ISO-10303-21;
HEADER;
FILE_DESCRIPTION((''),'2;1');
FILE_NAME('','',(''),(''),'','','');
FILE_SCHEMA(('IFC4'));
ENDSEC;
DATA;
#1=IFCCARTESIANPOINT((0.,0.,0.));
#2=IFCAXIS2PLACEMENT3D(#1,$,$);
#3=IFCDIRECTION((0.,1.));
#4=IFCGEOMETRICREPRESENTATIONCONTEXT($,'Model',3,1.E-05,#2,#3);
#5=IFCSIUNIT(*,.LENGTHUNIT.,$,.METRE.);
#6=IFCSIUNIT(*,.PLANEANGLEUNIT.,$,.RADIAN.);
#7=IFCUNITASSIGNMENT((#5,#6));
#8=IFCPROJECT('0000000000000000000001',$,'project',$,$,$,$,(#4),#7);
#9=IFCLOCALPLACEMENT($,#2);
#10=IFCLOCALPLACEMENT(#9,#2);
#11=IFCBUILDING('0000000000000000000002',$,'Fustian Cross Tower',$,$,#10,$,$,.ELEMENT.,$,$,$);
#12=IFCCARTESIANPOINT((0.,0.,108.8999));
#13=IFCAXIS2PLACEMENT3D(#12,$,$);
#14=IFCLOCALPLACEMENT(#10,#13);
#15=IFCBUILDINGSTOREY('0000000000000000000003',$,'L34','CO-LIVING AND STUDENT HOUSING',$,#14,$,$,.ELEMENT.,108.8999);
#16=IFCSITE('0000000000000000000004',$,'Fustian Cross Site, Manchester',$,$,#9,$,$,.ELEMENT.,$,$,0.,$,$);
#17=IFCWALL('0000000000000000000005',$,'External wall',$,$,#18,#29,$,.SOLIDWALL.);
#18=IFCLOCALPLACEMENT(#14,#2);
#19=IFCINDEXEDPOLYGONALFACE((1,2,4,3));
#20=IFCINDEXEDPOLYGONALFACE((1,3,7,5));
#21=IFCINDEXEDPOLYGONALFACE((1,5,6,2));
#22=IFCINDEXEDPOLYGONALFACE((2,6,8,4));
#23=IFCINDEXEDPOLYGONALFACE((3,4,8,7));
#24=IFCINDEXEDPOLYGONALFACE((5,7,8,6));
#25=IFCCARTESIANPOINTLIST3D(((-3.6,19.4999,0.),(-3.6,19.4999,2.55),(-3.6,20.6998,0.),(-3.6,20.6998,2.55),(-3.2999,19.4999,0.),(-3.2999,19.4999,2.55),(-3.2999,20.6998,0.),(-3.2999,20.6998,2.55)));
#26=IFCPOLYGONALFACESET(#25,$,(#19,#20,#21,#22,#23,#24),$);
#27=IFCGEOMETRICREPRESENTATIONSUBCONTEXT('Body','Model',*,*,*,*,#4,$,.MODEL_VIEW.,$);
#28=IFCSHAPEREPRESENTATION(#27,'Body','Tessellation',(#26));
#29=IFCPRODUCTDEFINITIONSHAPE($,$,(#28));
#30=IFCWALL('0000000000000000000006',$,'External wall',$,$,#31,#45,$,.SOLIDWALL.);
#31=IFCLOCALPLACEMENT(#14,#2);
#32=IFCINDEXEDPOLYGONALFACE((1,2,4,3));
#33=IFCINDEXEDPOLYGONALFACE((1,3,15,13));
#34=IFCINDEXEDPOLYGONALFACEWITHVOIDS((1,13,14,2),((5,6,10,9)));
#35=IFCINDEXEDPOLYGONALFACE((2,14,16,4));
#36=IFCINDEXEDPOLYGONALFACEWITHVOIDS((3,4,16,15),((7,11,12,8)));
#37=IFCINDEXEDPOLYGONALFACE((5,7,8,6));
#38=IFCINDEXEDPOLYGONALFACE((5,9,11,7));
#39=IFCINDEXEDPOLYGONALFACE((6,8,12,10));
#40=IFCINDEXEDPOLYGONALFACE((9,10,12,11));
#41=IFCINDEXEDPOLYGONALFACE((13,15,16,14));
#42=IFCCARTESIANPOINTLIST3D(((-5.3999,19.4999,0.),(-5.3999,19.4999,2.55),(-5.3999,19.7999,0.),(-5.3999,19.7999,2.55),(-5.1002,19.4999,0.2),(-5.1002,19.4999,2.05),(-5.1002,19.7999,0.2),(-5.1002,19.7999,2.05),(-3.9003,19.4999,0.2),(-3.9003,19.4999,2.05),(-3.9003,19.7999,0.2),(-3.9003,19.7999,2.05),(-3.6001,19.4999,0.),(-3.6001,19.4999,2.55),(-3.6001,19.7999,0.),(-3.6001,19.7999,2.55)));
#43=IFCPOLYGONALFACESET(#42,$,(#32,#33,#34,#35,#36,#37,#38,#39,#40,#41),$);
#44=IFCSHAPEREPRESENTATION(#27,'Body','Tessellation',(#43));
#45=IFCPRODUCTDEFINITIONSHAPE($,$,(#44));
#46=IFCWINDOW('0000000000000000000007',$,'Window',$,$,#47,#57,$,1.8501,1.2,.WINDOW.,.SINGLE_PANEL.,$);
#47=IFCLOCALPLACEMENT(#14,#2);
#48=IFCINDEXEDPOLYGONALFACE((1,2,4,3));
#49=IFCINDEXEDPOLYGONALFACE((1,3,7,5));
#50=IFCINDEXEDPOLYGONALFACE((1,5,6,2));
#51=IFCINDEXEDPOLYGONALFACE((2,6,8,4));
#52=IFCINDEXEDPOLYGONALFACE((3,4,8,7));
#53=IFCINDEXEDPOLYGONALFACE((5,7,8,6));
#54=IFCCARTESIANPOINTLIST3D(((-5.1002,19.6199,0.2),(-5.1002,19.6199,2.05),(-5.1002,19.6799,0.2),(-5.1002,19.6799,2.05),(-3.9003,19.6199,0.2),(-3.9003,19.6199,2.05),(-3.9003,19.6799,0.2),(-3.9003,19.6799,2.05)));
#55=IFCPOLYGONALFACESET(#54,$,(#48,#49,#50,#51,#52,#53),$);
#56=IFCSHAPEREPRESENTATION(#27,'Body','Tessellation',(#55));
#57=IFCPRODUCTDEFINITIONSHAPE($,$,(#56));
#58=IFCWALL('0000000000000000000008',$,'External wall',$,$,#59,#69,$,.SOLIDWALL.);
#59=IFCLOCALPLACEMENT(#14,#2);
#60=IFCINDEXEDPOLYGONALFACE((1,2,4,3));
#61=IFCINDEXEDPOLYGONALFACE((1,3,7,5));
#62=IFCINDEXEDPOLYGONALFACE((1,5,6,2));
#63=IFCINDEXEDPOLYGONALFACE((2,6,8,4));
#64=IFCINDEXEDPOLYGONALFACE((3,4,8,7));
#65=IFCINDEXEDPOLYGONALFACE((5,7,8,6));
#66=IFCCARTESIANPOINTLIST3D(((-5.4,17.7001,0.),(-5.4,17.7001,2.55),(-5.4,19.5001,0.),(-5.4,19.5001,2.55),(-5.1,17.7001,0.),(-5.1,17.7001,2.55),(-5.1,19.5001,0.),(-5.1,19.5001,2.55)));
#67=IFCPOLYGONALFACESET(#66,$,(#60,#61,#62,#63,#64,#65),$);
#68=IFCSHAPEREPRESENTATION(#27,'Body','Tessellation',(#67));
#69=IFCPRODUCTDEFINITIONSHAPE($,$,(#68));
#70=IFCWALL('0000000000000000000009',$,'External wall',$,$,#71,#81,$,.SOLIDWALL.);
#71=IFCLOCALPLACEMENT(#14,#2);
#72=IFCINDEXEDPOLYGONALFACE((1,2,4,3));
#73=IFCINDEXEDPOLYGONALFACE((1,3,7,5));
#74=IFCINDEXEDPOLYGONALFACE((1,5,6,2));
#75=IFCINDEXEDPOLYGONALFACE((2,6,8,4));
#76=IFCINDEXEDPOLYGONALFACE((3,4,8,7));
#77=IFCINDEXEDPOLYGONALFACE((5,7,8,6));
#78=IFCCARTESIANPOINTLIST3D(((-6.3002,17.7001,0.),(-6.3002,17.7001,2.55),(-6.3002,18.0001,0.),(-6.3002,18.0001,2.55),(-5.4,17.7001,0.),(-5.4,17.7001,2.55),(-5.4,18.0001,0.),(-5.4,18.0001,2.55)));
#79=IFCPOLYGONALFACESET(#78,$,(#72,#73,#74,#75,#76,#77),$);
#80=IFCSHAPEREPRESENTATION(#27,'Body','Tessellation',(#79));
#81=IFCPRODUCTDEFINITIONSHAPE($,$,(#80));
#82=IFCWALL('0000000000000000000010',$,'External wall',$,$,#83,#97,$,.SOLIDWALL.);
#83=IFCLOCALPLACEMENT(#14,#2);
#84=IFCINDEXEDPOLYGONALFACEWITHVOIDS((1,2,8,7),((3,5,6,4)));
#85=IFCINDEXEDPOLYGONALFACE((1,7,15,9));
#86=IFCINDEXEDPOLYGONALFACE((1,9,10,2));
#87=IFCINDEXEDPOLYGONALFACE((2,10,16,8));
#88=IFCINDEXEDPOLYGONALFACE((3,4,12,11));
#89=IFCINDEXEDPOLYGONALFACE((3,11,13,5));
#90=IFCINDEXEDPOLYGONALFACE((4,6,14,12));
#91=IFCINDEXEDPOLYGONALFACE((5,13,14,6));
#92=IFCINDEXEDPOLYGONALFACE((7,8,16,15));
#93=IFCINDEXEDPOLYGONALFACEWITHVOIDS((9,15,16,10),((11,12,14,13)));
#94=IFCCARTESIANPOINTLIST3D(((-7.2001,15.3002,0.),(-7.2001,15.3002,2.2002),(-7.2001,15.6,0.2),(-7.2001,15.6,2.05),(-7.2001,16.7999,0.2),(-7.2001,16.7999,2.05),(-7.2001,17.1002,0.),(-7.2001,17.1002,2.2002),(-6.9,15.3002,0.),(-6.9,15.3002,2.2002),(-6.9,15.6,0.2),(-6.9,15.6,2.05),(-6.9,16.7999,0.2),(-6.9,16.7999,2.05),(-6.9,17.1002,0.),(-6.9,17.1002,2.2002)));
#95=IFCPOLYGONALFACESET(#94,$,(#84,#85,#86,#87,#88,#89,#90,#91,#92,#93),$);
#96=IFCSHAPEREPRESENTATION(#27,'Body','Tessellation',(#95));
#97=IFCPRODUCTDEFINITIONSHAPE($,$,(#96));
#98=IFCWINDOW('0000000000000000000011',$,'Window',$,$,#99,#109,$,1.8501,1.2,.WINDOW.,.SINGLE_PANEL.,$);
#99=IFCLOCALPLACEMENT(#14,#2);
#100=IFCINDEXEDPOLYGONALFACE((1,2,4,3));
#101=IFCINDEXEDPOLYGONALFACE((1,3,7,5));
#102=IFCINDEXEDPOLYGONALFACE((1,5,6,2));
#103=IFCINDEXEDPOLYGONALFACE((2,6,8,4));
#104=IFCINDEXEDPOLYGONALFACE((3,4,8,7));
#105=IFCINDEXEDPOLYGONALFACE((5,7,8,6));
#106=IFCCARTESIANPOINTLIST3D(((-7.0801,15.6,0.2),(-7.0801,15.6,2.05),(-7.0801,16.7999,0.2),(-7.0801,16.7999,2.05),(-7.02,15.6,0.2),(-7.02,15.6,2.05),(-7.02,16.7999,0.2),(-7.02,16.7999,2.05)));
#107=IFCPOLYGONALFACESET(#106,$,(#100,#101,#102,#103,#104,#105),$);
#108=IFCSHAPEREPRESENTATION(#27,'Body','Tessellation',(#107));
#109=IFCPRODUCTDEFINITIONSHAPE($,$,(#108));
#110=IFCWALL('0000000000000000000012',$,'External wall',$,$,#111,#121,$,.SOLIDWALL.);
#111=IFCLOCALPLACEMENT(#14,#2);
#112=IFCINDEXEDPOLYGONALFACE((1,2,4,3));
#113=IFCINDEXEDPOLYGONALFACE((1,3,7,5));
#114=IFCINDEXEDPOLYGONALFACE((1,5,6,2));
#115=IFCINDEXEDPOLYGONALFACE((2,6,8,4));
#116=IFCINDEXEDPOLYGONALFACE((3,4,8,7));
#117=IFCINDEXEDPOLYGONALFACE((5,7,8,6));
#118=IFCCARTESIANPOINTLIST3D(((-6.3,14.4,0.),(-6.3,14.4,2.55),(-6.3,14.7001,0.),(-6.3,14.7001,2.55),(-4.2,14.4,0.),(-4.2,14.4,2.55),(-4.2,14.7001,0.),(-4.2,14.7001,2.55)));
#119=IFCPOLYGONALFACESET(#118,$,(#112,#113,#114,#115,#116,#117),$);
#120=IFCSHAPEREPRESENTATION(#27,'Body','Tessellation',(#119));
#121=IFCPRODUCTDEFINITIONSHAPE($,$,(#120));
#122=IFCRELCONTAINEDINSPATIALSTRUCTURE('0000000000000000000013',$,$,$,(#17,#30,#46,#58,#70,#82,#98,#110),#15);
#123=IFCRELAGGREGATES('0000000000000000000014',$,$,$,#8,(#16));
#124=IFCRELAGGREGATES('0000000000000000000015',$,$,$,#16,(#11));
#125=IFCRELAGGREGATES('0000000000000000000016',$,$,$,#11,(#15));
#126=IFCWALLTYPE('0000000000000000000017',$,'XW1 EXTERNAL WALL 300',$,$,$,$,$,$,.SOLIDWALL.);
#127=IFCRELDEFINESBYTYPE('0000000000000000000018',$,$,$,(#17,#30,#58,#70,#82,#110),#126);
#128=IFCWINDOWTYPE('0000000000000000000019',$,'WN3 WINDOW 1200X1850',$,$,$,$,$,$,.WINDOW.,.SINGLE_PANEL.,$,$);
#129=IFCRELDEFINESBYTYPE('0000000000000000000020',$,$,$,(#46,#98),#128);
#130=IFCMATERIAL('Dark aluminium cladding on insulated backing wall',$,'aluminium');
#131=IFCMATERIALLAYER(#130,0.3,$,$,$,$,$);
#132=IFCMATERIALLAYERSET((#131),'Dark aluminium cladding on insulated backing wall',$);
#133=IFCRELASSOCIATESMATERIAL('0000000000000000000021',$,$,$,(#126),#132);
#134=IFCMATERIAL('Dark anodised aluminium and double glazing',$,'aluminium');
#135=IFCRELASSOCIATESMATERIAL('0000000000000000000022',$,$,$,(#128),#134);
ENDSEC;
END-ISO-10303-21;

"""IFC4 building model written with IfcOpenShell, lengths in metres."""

from ifc_helpers import new_model, si_unit, direction, frame, frame_2d, origin, place, context, subcontext, project, spatial, rectangle, extrude, material, layer, layer_set, type_object, element, fill, save


model = new_model("IFC4")

# Units and contexts
model_context = context("Model", 3, precision=1e-05, world=origin(), true_north=direction((0.0, 1.0)))
body_context = subcontext(model_context, "Body", "Model", "MODEL_VIEW")
ifc_project = project(units=[si_unit("LENGTHUNIT", "METRE"), si_unit("PLANEANGLEUNIT", "RADIAN")], contexts=[model_context])

# Site, building, storey
site_placement = place(None, origin())
site = spatial("IfcSite", under=ifc_project, at=site_placement, Name="Fustian Cross Site, Manchester", CompositionType="ELEMENT", RefElevation=0.0)
building_placement = place(site_placement, origin())
building = spatial("IfcBuilding", under=site, at=building_placement, Name="Fustian Cross Tower", CompositionType="ELEMENT")
storey_placement = place(building_placement, frame((0.0, 0.0, 108.8999)))
storey = spatial("IfcBuildingStorey", under=building, at=storey_placement, Name="L34", Description="CO-LIVING AND STUDENT HOUSING", CompositionType="ELEMENT", Elevation=108.8999)

# Wall
ifc_material_1 = material(Name="Dark aluminium cladding on insulated backing wall", Category="aluminium")
ifc_layer_1 = layer(ifc_material_1, 0.3)
ifc_layer_set_1 = layer_set([ifc_layer_1], Name="Dark aluminium cladding on insulated backing wall")
wall_type_1 = type_object("IfcWallType", Name="XW1 EXTERNAL WALL 300", PredefinedType="SOLIDWALL", material=ifc_layer_set_1)
wall_1_placement = place(storey_placement, frame((-3.45, 20.7, 0.0), z_axis=(0.0, 0.0, 1.0), x_axis=(0.0, -1.0, 0.0)))
element("IfcWall", 1, at=wall_1_placement, inside=storey, type_object=wall_type_1, Name="External wall", PredefinedType="SOLIDWALL", context=body_context, shape_type="SweptSolid", body=[
    extrude(rectangle(XDim=1.2, YDim=0.3, at=frame_2d((0.6001, 0.0))), origin(), (0.0, 0.0, 1.0), 2.55),
])

# Wall, opening, window
wall_2_placement = place(storey_placement, frame((-3.6001, 19.6499, 0.0), z_axis=(0.0, 0.0, 1.0), x_axis=(-1.0, 0.0, 0.0)))
wall_2 = element("IfcWall", 2, at=wall_2_placement, inside=storey, type_object=wall_type_1, Name="External wall", PredefinedType="SOLIDWALL", context=body_context, shape_type="SweptSolid", body=[
    extrude(rectangle(XDim=1.7998, YDim=0.3, at=frame_2d((0.8999, 0.0))), origin(), (0.0, 0.0, 1.0), 2.55),
])
opening_1_placement = place(wall_2_placement, frame((0.3, 0.0, 0.2)))
opening_1 = element("IfcOpeningElement", 3, at=opening_1_placement, cuts=wall_2, PredefinedType="OPENING", context=body_context, shape_type="SweptSolid", body=[
    extrude(rectangle(XDim=1.2, YDim=1.8501, at=frame_2d((0.6001, 0.925))), frame((0.0, 0.1599, 0.0), z_axis=(0.0, -1.0, 0.0), x_axis=(1.0, 0.0, 0.0)), (0.0, 0.0, 1.0), 0.3201),
])
ifc_material_2 = material(Name="Dark anodised aluminium and double glazing", Category="aluminium")
window_type_1 = type_object("IfcWindowType", Name="WN3 WINDOW 1200X1850", PartitioningType="SINGLE_PANEL", PredefinedType="WINDOW", material=ifc_material_2)
window_1_placement = place(opening_1_placement, origin())
window_1 = element("IfcWindow", 4, at=window_1_placement, inside=storey, type_object=window_type_1, Name="Window", OverallHeight=1.8501, OverallWidth=1.2, PartitioningType="SINGLE_PANEL", PredefinedType="WINDOW", context=body_context, shape_type="SweptSolid", body=[
    extrude(rectangle(XDim=1.2, YDim=1.8501, at=frame_2d((0.6001, 0.925))), frame((0.0, 0.03, 0.0), z_axis=(0.0, -1.0, 0.0), x_axis=(1.0, 0.0, 0.0)), (0.0, 0.0, 1.0), 0.0601),
])
fill(opening_1, window_1)

# Walls
wall_3_placement = place(storey_placement, frame((-5.25, 19.5, 0.0), z_axis=(0.0, 0.0, 1.0), x_axis=(0.0, -1.0, 0.0)))
element("IfcWall", 5, at=wall_3_placement, inside=storey, type_object=wall_type_1, Name="External wall", PredefinedType="SOLIDWALL", context=body_context, shape_type="SweptSolid", body=[
    extrude(rectangle(XDim=1.8, YDim=0.3, at=frame_2d((0.8999, 0.0))), origin(), (0.0, 0.0, 1.0), 2.55),
])
wall_4_placement = place(storey_placement, frame((-5.3999, 17.8501, 0.0), z_axis=(0.0, 0.0, 1.0), x_axis=(-1.0, 0.0, 0.0)))
element("IfcWall", 6, at=wall_4_placement, inside=storey, type_object=wall_type_1, Name="External wall", PredefinedType="SOLIDWALL", context=body_context, shape_type="SweptSolid", body=[
    extrude(rectangle(XDim=0.9001, YDim=0.3, at=frame_2d((0.4502, 0.0))), origin(), (0.0, 0.0, 1.0), 2.55),
])

# Wall, opening, window
wall_5_placement = place(storey_placement, frame((-7.05, 17.1001, 0.0), z_axis=(0.0, 0.0, 1.0), x_axis=(0.0, -1.0, 0.0)))
wall_5 = element("IfcWall", 7, at=wall_5_placement, inside=storey, type_object=wall_type_1, Name="External wall", PredefinedType="SOLIDWALL", context=body_context, shape_type="SweptSolid", body=[
    extrude(rectangle(XDim=1.8, YDim=0.3, at=frame_2d((0.8999, 0.0))), origin(), (0.0, 0.0, 1.0), 2.2002),
])
opening_2_placement = place(wall_5_placement, frame((0.3, 0.0, 0.2)))
opening_2 = element("IfcOpeningElement", 8, at=opening_2_placement, cuts=wall_5, PredefinedType="OPENING", context=body_context, shape_type="SweptSolid", body=[
    extrude(rectangle(XDim=1.2, YDim=1.8501, at=frame_2d((0.6001, 0.925))), frame((0.0, 0.1599, 0.0), z_axis=(0.0, -1.0, 0.0), x_axis=(1.0, 0.0, 0.0)), (0.0, 0.0, 1.0), 0.3201),
])
window_2_placement = place(opening_2_placement, origin())
window_2 = element("IfcWindow", 9, at=window_2_placement, inside=storey, type_object=window_type_1, Name="Window", OverallHeight=1.8501, OverallWidth=1.2, PartitioningType="SINGLE_PANEL", PredefinedType="WINDOW", context=body_context, shape_type="SweptSolid", body=[
    extrude(rectangle(XDim=1.2, YDim=1.8501, at=frame_2d((0.6001, 0.925))), frame((0.0, 0.03, 0.0), z_axis=(0.0, -1.0, 0.0), x_axis=(1.0, 0.0, 0.0)), (0.0, 0.0, 1.0), 0.0601),
])
fill(opening_2, window_2)

# Wall
wall_6_placement = place(storey_placement, frame((-6.3, 14.55, 0.0), z_axis=(0.0, 0.0, 1.0), x_axis=(1.0, 0.0, 0.0)))
element("IfcWall", 10, at=wall_6_placement, inside=storey, type_object=wall_type_1, Name="External wall", PredefinedType="SOLIDWALL", context=body_context, shape_type="SweptSolid", body=[
    extrude(rectangle(XDim=2.1001, YDim=0.3, at=frame_2d((1.05, 0.0))), origin(), (0.0, 0.0, 1.0), 2.55),
])

save(model, "model.ifc")
